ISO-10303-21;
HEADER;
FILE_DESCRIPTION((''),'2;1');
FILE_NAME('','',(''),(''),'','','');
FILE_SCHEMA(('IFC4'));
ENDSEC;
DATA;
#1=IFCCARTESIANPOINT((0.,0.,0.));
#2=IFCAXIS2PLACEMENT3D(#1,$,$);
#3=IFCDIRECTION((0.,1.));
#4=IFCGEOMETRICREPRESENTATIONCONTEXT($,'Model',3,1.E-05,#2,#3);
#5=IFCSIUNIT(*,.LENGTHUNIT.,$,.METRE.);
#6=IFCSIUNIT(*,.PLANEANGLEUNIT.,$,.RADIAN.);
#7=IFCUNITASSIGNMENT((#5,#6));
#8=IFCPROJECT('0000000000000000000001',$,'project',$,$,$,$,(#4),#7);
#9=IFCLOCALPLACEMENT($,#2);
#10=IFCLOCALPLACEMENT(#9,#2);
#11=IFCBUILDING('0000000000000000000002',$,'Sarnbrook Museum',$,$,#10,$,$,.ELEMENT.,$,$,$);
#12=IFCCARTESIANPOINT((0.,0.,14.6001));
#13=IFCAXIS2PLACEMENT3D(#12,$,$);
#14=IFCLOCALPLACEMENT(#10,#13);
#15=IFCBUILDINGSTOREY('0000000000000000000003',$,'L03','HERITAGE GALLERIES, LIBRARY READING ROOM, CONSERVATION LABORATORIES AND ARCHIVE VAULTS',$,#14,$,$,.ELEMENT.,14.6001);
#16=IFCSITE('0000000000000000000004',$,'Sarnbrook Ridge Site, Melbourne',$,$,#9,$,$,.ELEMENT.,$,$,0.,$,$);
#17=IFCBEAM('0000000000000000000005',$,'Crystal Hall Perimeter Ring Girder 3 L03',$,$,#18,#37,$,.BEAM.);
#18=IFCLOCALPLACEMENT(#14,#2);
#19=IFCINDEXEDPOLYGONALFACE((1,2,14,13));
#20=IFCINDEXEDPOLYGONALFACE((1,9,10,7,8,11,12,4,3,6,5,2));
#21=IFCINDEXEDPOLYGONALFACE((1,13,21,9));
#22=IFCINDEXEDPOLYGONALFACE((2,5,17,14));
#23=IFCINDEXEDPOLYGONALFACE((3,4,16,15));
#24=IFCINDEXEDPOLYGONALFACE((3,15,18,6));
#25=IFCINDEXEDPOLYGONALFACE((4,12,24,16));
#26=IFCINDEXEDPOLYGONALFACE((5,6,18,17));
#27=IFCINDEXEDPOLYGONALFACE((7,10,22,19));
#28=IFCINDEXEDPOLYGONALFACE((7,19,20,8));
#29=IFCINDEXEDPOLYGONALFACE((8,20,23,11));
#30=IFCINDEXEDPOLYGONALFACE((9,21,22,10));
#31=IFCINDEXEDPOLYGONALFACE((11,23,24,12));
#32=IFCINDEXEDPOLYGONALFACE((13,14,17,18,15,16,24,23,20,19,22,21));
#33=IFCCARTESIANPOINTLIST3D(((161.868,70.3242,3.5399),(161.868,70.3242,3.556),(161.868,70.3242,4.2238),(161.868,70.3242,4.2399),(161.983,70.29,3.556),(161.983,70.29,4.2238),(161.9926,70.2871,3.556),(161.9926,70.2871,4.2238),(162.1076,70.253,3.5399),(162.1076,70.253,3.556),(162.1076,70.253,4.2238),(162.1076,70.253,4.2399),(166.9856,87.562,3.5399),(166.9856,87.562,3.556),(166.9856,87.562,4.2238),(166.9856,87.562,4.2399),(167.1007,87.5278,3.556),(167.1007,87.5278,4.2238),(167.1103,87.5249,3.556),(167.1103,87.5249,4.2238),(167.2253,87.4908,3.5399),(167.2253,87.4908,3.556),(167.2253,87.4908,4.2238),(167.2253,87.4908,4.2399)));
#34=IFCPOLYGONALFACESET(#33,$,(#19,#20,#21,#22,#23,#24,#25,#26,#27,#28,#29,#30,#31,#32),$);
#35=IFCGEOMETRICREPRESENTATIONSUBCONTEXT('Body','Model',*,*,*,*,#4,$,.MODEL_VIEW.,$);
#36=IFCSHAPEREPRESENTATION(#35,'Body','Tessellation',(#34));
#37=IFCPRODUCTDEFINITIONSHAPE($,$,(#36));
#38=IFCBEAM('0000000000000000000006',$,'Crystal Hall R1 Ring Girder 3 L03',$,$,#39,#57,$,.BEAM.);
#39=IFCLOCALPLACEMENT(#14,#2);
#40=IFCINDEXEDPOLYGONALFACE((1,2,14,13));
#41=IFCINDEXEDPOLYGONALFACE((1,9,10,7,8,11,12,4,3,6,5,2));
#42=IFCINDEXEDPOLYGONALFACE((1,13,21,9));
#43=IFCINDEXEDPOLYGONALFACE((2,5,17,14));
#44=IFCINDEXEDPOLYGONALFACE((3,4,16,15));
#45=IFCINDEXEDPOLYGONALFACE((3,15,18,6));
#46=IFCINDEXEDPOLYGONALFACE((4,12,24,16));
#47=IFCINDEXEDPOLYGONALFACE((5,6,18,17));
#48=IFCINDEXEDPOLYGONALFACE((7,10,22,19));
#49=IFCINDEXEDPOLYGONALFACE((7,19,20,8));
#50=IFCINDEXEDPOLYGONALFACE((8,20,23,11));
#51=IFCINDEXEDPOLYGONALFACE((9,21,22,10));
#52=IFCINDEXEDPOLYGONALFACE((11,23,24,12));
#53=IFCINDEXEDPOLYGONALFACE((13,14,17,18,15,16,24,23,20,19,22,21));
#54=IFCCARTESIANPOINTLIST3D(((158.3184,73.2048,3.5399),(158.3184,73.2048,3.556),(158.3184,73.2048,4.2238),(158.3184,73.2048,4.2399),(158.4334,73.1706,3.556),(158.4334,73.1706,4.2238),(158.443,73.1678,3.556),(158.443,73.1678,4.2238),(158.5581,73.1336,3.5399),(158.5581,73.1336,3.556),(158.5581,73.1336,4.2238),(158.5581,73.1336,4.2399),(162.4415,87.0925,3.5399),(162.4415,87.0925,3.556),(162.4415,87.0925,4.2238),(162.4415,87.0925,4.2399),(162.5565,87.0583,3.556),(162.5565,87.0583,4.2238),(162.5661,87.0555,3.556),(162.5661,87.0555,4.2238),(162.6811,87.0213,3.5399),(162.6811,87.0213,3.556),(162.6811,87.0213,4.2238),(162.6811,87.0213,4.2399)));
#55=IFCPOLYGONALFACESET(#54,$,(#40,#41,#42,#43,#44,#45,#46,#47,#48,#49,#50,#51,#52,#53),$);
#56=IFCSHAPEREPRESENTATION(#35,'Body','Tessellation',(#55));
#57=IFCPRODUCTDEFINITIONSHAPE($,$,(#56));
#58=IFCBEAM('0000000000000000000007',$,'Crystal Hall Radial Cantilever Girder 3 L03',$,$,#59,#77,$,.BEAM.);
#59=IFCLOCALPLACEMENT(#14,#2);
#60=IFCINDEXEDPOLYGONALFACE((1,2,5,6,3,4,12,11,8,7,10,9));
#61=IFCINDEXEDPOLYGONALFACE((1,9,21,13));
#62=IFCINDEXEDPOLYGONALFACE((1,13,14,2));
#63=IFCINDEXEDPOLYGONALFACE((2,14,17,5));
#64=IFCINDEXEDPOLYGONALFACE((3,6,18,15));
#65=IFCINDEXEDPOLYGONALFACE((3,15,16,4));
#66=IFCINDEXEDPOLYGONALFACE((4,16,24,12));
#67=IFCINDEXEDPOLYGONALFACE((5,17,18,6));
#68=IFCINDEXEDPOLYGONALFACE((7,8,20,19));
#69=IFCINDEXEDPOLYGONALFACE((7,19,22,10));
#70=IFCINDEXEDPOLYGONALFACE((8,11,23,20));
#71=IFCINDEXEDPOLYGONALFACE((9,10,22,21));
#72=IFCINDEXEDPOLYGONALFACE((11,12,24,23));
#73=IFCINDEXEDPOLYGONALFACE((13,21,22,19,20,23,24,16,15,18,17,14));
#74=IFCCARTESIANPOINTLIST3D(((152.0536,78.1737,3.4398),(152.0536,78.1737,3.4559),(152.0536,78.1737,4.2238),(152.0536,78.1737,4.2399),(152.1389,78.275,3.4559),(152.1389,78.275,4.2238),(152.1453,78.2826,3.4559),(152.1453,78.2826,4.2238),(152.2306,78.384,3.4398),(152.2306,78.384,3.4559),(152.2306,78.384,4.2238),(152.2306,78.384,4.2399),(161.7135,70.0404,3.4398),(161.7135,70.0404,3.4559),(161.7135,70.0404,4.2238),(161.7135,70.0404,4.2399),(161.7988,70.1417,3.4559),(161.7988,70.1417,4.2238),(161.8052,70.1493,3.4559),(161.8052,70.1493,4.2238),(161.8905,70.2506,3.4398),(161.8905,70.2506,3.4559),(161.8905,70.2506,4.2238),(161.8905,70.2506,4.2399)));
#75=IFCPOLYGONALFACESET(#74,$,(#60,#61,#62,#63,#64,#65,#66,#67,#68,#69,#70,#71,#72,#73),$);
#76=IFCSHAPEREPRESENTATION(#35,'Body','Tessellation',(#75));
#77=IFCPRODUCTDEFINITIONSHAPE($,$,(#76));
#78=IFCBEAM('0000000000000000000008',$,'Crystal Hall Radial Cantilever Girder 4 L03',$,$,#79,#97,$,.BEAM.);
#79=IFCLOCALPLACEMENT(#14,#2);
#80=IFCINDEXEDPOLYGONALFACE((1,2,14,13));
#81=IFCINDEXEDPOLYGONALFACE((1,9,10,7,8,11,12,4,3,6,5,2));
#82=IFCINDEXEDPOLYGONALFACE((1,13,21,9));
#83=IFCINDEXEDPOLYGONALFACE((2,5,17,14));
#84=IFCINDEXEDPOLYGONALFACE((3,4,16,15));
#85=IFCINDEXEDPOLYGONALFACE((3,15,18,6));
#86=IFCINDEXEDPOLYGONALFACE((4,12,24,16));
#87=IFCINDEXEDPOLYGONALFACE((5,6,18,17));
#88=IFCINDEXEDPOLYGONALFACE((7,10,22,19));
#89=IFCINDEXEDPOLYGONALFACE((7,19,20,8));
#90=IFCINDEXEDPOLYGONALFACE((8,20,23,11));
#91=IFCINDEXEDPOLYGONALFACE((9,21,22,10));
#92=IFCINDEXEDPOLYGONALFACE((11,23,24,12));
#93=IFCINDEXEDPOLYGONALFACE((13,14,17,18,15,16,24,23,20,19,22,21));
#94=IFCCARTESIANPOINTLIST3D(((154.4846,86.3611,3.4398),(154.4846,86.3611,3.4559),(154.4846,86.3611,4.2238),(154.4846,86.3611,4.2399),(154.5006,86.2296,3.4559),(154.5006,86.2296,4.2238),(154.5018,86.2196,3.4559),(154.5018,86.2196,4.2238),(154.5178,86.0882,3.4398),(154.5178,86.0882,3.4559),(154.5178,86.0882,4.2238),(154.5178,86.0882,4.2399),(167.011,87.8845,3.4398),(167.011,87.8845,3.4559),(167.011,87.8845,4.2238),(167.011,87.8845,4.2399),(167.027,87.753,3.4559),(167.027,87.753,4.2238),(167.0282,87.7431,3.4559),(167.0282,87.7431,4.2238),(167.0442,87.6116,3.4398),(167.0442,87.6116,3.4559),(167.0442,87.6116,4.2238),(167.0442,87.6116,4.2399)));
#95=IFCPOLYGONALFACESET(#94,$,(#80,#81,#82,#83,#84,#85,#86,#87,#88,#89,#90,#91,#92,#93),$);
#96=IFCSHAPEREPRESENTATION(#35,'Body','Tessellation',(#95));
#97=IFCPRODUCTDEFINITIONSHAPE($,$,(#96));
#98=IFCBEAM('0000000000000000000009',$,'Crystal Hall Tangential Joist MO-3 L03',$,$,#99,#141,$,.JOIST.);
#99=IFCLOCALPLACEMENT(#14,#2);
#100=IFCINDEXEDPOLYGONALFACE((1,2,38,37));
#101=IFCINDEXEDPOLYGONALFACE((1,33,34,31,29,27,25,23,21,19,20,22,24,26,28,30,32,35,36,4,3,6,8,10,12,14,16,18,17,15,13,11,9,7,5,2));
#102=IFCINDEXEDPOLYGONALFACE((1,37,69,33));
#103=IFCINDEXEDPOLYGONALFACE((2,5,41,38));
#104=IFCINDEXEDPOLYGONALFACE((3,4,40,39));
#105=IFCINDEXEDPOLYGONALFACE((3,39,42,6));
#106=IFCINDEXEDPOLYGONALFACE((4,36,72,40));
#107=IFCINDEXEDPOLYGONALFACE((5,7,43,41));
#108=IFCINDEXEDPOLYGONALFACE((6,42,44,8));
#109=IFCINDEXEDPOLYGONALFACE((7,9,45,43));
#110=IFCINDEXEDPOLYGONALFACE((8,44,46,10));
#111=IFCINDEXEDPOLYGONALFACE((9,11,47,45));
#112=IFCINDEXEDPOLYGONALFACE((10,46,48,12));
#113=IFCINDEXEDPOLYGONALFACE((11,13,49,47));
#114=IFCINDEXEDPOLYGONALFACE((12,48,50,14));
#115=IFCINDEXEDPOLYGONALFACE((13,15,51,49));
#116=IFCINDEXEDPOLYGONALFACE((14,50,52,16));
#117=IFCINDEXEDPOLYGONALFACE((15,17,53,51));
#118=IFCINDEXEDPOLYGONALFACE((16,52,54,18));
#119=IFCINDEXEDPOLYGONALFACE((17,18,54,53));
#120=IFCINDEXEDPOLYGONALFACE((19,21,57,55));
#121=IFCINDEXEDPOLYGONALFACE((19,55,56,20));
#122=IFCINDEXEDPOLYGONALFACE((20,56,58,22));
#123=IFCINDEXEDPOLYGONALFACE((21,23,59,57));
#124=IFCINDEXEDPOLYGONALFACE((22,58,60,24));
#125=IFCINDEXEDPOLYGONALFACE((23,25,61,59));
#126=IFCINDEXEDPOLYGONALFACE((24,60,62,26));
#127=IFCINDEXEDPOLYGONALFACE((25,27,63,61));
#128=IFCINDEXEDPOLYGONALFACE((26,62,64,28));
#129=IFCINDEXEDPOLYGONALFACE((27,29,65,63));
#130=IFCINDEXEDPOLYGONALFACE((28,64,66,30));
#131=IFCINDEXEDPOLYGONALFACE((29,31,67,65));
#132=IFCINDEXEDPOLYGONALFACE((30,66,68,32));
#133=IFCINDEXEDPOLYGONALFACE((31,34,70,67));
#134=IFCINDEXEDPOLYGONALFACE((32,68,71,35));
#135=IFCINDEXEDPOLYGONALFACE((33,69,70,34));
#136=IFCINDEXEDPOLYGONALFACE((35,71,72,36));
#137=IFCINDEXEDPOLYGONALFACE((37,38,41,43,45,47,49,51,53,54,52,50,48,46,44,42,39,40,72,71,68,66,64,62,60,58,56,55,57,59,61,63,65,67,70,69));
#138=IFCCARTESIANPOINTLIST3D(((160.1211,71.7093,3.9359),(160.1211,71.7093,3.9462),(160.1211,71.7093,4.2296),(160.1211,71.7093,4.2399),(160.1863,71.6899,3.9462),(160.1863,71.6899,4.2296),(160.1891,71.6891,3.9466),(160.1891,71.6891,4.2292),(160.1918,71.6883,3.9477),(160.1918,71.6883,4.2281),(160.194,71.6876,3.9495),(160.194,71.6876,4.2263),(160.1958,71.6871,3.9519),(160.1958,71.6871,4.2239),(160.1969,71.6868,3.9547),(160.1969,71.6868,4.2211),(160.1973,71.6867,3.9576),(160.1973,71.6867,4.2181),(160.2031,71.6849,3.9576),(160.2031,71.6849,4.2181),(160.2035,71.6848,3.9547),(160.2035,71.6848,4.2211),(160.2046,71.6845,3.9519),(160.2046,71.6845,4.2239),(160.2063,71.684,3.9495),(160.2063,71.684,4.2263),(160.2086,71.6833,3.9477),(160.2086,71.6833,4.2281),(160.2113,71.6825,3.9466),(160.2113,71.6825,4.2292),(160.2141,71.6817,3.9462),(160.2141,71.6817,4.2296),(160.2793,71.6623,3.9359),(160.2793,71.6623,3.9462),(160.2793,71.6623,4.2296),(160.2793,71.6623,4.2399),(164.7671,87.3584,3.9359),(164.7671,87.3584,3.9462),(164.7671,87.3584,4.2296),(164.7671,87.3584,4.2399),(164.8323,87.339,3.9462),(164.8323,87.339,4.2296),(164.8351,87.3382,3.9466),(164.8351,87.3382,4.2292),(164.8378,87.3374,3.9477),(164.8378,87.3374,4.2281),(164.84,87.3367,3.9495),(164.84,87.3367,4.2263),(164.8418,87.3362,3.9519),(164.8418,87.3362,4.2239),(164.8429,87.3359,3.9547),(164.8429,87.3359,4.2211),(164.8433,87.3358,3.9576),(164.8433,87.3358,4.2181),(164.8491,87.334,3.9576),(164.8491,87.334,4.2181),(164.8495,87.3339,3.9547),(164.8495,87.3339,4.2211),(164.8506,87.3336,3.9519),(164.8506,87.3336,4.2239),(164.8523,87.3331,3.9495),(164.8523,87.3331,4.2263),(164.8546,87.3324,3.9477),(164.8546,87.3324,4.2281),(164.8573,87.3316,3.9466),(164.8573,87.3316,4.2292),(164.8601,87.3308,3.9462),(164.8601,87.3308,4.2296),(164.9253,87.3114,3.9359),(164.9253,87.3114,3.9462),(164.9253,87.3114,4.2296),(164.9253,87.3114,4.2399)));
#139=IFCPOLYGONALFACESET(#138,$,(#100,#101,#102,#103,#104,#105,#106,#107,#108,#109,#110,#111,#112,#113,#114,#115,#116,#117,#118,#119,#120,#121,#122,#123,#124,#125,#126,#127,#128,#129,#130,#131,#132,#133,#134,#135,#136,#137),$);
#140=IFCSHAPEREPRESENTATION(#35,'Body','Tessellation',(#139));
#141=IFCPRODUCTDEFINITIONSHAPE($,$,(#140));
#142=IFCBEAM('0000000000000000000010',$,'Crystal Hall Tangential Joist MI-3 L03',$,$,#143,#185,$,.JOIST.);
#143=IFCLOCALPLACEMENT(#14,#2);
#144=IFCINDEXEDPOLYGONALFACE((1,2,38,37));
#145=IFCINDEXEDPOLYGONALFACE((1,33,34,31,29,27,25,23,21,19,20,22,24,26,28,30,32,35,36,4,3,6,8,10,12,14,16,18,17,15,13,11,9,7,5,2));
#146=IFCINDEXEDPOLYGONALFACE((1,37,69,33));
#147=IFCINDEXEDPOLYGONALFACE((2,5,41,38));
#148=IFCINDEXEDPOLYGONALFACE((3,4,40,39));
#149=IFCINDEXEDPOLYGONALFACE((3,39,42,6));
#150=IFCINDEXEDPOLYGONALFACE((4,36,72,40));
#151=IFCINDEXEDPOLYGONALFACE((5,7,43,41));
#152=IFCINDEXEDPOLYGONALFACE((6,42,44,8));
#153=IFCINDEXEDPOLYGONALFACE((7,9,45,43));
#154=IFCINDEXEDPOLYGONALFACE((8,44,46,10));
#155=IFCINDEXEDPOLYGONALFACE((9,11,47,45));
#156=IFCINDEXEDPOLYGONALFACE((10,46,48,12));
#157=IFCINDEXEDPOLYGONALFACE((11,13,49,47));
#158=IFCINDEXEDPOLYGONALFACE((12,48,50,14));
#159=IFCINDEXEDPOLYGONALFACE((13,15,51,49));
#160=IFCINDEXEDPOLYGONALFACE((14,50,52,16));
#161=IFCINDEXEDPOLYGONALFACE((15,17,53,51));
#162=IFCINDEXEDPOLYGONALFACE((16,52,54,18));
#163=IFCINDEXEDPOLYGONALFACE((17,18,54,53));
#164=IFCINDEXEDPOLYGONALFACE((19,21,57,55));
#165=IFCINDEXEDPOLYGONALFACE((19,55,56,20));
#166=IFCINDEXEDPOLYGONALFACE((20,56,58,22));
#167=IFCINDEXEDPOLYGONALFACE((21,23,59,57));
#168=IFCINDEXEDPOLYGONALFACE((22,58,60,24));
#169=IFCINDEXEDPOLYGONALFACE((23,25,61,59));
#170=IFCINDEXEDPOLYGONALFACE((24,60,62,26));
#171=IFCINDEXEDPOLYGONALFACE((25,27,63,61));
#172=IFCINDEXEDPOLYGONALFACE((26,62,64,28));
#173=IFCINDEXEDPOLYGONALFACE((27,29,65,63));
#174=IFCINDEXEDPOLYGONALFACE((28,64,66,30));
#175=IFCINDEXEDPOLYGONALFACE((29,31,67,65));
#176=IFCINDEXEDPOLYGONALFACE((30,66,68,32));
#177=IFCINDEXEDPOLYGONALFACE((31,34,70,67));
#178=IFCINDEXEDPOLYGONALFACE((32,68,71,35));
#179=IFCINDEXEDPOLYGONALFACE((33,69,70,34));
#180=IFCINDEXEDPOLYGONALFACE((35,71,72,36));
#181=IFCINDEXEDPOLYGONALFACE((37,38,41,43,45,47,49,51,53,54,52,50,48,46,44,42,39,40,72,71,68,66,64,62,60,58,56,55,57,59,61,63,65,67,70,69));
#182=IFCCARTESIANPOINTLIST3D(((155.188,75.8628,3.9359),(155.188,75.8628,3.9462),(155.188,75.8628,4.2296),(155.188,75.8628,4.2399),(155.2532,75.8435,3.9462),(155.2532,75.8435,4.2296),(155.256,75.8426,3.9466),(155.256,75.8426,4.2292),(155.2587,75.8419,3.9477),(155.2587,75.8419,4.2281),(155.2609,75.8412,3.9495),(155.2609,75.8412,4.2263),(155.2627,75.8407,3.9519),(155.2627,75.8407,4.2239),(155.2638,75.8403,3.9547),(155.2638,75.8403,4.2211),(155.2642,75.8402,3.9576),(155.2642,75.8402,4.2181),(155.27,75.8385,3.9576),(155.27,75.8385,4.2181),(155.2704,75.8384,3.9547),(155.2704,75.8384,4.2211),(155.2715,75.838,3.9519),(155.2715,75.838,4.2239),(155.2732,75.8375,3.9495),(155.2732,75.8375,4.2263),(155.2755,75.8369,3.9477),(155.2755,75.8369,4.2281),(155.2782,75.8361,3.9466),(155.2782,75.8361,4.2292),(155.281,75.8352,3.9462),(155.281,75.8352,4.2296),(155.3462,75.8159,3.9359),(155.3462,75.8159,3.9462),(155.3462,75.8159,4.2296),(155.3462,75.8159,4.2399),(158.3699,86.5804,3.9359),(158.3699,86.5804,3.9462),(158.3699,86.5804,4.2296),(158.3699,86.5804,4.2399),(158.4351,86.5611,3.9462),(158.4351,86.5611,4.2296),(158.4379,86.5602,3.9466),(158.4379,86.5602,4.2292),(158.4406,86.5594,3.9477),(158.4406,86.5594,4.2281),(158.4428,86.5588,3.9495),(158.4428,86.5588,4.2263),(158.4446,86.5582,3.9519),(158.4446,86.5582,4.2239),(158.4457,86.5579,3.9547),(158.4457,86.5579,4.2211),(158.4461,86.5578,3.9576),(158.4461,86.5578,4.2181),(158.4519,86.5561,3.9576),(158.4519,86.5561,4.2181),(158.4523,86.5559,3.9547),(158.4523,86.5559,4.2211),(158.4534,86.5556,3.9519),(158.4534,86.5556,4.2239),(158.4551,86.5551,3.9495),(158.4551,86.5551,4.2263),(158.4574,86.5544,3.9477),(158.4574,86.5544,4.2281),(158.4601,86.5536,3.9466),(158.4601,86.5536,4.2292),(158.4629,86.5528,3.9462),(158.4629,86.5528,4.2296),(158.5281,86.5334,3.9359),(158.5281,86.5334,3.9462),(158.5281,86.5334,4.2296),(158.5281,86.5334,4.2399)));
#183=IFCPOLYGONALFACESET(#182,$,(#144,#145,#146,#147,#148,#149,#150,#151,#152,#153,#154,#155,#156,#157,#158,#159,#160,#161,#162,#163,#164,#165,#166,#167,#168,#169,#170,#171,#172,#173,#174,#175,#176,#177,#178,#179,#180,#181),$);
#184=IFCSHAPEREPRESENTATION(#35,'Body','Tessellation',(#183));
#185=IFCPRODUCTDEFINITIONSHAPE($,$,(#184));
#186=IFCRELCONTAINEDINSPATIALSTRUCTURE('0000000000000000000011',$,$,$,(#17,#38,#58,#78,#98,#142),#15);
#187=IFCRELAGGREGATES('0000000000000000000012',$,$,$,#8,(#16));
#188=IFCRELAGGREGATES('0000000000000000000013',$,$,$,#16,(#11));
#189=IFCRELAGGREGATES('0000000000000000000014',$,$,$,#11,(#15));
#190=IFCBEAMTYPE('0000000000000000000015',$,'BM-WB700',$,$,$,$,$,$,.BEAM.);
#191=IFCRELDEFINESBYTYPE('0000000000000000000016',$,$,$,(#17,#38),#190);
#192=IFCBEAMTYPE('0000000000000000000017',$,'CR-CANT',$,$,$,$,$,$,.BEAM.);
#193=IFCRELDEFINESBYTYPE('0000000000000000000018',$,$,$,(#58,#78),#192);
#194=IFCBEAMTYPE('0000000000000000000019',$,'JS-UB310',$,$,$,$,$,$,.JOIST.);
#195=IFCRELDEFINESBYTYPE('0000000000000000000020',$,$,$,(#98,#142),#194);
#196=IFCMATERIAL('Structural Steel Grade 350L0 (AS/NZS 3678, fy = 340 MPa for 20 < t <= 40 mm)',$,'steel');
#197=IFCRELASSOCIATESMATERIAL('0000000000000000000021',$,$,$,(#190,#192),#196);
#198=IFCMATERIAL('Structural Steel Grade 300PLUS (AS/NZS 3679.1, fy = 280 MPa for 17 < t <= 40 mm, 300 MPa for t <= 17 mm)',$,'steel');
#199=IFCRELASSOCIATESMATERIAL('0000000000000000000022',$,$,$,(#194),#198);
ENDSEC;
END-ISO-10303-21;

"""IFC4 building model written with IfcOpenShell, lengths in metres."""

from ifc_helpers import new_model, si_unit, direction, frame, origin, origin_2d, place, context, subcontext, project, spatial, i_section, extrude, material, material_profile, profile_set, type_object, element, save


model = new_model("IFC4")

# Units and contexts
model_context = context("Model", 3, precision=1e-05, world=origin(), true_north=direction((0.0, 1.0)))
body_context = subcontext(model_context, "Body", "Model", "MODEL_VIEW")
ifc_project = project(units=[si_unit("LENGTHUNIT", "METRE"), si_unit("PLANEANGLEUNIT", "RADIAN")], contexts=[model_context])

# Site, building, storey
site_placement = place(None, origin())
site = spatial("IfcSite", under=ifc_project, at=site_placement, Name="Sarnbrook Ridge Site, Melbourne", CompositionType="ELEMENT", RefElevation=0.0)
building_placement = place(site_placement, origin())
building = spatial("IfcBuilding", under=site, at=building_placement, Name="Sarnbrook Museum", CompositionType="ELEMENT")
storey_placement = place(building_placement, frame((0.0, 0.0, 14.6001)))
storey = spatial("IfcBuildingStorey", under=building, at=storey_placement, Name="L03", Description="HERITAGE GALLERIES, LIBRARY READING ROOM, CONSERVATION LABORATORIES AND ARCHIVE VAULTS", CompositionType="ELEMENT", Elevation=14.6001)

# Shared definitions
ifc_material_1 = material(Name="Structural Steel Grade 350L0 (AS/NZS 3678, fy = 340 MPa for 20 < t <= 40 mm)", Category="steel")

# Beams
ifc_material_2 = material(Name="Structural Steel Grade 300PLUS (AS/NZS 3679.1, fy = 280 MPa for 17 < t <= 40 mm, 300 MPa for t <= 17 mm)", Category="steel")
ifc_material_profile_1 = material_profile(ifc_material_1, i_section(OverallWidth=0.25, OverallDepth=0.7, WebThickness=0.01, FlangeThickness=0.0161, at=origin_2d()), Name="700WB130")
ifc_profile_set_1 = profile_set([ifc_material_profile_1], Name="Structural Steel Grade 350L0 (AS/NZS 3678, fy = 340 MPa for 20 < t <= 40 mm)")
beam_type_1 = type_object("IfcBeamType", Name="BM-WB700", PredefinedType="BEAM", material=ifc_profile_set_1)
beam_1_placement = place(storey_placement, frame((161.9878, 70.2886, 3.8899), z_axis=(0.284609, 0.958644, 0.0), x_axis=(-0.958644, 0.284609, 0.0)))
element("IfcBeam", 1, at=beam_1_placement, inside=storey, type_object=beam_type_1, Name="Crystal Hall Perimeter Ring Girder 3 L03", PredefinedType="BEAM", context=body_context, shape_type="SweptSolid", body=[
    extrude(i_section(OverallWidth=0.25, OverallDepth=0.7, WebThickness=0.01, FlangeThickness=0.0161, at=origin_2d()), origin(), (0.0, 0.0, 1.0), 17.9814),
])
beam_2_placement = place(storey_placement, frame((158.4382, 73.1692, 3.8899), z_axis=(0.284607, 0.958644, 0.0), x_axis=(-0.958644, 0.284607, 0.0)))
element("IfcBeam", 2, at=beam_2_placement, inside=storey, type_object=beam_type_1, Name="Crystal Hall R1 Ring Girder 3 L03", PredefinedType="BEAM", context=body_context, shape_type="SweptSolid", body=[
    extrude(i_section(OverallWidth=0.25, OverallDepth=0.7, WebThickness=0.01, FlangeThickness=0.0161, at=origin_2d()), origin(), (0.0, 0.0, 1.0), 14.4868),
])
ifc_material_profile_2 = material_profile(ifc_material_1, i_section(OverallWidth=0.2749, OverallDepth=0.8, WebThickness=0.01, FlangeThickness=0.0161, at=origin_2d()), Name="800WB146")
ifc_profile_set_2 = profile_set([ifc_material_profile_2], Name="Structural Steel Grade 350L0 (AS/NZS 3678, fy = 340 MPa for 20 < t <= 40 mm)")
beam_type_2 = type_object("IfcBeamType", Name="CR-CANT", PredefinedType="BEAM", material=ifc_profile_set_2)
beam_3_placement = place(storey_placement, frame((152.1421, 78.2788, 3.8398), z_axis=(0.764964, -0.644073, 0.0), x_axis=(0.644073, 0.764964, 0.0)))
element("IfcBeam", 3, at=beam_3_placement, inside=storey, type_object=beam_type_2, Name="Crystal Hall Radial Cantilever Girder 3 L03", PredefinedType="BEAM", context=body_context, shape_type="SweptSolid", body=[
    extrude(i_section(OverallWidth=0.2749, OverallDepth=0.8, WebThickness=0.01, FlangeThickness=0.0161, at=origin_2d()), origin(), (0.0, 0.0, 1.0), 12.6279),
])
beam_4_placement = place(storey_placement, frame((154.5012, 86.2246, 3.8398), z_axis=(0.992686, 0.120729, 0.0), x_axis=(-0.120729, 0.992686, 0.0)))
element("IfcBeam", 4, at=beam_4_placement, inside=storey, type_object=beam_type_2, Name="Crystal Hall Radial Cantilever Girder 4 L03", PredefinedType="BEAM", context=body_context, shape_type="SweptSolid", body=[
    extrude(i_section(OverallWidth=0.2749, OverallDepth=0.8, WebThickness=0.01, FlangeThickness=0.0161, at=origin_2d()), origin(), (0.0, 0.0, 1.0), 12.6187),
])
ifc_material_profile_3 = material_profile(ifc_material_2, i_section(OverallWidth=0.165, OverallDepth=0.304, WebThickness=0.0061, FlangeThickness=0.0103, FilletRadius=0.0115, at=origin_2d()), Name="310UB40.4")
ifc_profile_set_3 = profile_set([ifc_material_profile_3], Name="Structural Steel Grade 300PLUS (AS/NZS 3679.1, fy = 280 MPa for 17 < t <= 40 mm, 300 MPa for t <= 17 mm)")
beam_type_3 = type_object("IfcBeamType", Name="JS-UB310", PredefinedType="JOIST", material=ifc_profile_set_3)
beam_5_placement = place(storey_placement, frame((160.2002, 71.6858, 4.0879), z_axis=(0.284607, 0.958644, 0.0), x_axis=(-0.958644, 0.284607, 0.0)))
element("IfcBeam", 5, at=beam_5_placement, inside=storey, type_object=beam_type_3, Name="Crystal Hall Tangential Joist MO-3 L03", PredefinedType="JOIST", context=body_context, shape_type="SweptSolid", body=[
    extrude(i_section(OverallWidth=0.165, OverallDepth=0.304, WebThickness=0.0061, FlangeThickness=0.0103, FilletRadius=0.0115, at=origin_2d()), origin(), (0.0, 0.0, 1.0), 16.3242),
])
beam_6_placement = place(storey_placement, frame((155.2671, 75.8394, 4.0879), z_axis=(0.284608, 0.958644, 0.0), x_axis=(-0.958644, 0.284608, 0.0)))
element("IfcBeam", 6, at=beam_6_placement, inside=storey, type_object=beam_type_3, Name="Crystal Hall Tangential Joist MI-3 L03", PredefinedType="JOIST", context=body_context, shape_type="SweptSolid", body=[
    extrude(i_section(OverallWidth=0.165, OverallDepth=0.304, WebThickness=0.0061, FlangeThickness=0.0103, FilletRadius=0.0115, at=origin_2d()), origin(), (0.0, 0.0, 1.0), 11.1799),
])

save(model, "model.ifc")
